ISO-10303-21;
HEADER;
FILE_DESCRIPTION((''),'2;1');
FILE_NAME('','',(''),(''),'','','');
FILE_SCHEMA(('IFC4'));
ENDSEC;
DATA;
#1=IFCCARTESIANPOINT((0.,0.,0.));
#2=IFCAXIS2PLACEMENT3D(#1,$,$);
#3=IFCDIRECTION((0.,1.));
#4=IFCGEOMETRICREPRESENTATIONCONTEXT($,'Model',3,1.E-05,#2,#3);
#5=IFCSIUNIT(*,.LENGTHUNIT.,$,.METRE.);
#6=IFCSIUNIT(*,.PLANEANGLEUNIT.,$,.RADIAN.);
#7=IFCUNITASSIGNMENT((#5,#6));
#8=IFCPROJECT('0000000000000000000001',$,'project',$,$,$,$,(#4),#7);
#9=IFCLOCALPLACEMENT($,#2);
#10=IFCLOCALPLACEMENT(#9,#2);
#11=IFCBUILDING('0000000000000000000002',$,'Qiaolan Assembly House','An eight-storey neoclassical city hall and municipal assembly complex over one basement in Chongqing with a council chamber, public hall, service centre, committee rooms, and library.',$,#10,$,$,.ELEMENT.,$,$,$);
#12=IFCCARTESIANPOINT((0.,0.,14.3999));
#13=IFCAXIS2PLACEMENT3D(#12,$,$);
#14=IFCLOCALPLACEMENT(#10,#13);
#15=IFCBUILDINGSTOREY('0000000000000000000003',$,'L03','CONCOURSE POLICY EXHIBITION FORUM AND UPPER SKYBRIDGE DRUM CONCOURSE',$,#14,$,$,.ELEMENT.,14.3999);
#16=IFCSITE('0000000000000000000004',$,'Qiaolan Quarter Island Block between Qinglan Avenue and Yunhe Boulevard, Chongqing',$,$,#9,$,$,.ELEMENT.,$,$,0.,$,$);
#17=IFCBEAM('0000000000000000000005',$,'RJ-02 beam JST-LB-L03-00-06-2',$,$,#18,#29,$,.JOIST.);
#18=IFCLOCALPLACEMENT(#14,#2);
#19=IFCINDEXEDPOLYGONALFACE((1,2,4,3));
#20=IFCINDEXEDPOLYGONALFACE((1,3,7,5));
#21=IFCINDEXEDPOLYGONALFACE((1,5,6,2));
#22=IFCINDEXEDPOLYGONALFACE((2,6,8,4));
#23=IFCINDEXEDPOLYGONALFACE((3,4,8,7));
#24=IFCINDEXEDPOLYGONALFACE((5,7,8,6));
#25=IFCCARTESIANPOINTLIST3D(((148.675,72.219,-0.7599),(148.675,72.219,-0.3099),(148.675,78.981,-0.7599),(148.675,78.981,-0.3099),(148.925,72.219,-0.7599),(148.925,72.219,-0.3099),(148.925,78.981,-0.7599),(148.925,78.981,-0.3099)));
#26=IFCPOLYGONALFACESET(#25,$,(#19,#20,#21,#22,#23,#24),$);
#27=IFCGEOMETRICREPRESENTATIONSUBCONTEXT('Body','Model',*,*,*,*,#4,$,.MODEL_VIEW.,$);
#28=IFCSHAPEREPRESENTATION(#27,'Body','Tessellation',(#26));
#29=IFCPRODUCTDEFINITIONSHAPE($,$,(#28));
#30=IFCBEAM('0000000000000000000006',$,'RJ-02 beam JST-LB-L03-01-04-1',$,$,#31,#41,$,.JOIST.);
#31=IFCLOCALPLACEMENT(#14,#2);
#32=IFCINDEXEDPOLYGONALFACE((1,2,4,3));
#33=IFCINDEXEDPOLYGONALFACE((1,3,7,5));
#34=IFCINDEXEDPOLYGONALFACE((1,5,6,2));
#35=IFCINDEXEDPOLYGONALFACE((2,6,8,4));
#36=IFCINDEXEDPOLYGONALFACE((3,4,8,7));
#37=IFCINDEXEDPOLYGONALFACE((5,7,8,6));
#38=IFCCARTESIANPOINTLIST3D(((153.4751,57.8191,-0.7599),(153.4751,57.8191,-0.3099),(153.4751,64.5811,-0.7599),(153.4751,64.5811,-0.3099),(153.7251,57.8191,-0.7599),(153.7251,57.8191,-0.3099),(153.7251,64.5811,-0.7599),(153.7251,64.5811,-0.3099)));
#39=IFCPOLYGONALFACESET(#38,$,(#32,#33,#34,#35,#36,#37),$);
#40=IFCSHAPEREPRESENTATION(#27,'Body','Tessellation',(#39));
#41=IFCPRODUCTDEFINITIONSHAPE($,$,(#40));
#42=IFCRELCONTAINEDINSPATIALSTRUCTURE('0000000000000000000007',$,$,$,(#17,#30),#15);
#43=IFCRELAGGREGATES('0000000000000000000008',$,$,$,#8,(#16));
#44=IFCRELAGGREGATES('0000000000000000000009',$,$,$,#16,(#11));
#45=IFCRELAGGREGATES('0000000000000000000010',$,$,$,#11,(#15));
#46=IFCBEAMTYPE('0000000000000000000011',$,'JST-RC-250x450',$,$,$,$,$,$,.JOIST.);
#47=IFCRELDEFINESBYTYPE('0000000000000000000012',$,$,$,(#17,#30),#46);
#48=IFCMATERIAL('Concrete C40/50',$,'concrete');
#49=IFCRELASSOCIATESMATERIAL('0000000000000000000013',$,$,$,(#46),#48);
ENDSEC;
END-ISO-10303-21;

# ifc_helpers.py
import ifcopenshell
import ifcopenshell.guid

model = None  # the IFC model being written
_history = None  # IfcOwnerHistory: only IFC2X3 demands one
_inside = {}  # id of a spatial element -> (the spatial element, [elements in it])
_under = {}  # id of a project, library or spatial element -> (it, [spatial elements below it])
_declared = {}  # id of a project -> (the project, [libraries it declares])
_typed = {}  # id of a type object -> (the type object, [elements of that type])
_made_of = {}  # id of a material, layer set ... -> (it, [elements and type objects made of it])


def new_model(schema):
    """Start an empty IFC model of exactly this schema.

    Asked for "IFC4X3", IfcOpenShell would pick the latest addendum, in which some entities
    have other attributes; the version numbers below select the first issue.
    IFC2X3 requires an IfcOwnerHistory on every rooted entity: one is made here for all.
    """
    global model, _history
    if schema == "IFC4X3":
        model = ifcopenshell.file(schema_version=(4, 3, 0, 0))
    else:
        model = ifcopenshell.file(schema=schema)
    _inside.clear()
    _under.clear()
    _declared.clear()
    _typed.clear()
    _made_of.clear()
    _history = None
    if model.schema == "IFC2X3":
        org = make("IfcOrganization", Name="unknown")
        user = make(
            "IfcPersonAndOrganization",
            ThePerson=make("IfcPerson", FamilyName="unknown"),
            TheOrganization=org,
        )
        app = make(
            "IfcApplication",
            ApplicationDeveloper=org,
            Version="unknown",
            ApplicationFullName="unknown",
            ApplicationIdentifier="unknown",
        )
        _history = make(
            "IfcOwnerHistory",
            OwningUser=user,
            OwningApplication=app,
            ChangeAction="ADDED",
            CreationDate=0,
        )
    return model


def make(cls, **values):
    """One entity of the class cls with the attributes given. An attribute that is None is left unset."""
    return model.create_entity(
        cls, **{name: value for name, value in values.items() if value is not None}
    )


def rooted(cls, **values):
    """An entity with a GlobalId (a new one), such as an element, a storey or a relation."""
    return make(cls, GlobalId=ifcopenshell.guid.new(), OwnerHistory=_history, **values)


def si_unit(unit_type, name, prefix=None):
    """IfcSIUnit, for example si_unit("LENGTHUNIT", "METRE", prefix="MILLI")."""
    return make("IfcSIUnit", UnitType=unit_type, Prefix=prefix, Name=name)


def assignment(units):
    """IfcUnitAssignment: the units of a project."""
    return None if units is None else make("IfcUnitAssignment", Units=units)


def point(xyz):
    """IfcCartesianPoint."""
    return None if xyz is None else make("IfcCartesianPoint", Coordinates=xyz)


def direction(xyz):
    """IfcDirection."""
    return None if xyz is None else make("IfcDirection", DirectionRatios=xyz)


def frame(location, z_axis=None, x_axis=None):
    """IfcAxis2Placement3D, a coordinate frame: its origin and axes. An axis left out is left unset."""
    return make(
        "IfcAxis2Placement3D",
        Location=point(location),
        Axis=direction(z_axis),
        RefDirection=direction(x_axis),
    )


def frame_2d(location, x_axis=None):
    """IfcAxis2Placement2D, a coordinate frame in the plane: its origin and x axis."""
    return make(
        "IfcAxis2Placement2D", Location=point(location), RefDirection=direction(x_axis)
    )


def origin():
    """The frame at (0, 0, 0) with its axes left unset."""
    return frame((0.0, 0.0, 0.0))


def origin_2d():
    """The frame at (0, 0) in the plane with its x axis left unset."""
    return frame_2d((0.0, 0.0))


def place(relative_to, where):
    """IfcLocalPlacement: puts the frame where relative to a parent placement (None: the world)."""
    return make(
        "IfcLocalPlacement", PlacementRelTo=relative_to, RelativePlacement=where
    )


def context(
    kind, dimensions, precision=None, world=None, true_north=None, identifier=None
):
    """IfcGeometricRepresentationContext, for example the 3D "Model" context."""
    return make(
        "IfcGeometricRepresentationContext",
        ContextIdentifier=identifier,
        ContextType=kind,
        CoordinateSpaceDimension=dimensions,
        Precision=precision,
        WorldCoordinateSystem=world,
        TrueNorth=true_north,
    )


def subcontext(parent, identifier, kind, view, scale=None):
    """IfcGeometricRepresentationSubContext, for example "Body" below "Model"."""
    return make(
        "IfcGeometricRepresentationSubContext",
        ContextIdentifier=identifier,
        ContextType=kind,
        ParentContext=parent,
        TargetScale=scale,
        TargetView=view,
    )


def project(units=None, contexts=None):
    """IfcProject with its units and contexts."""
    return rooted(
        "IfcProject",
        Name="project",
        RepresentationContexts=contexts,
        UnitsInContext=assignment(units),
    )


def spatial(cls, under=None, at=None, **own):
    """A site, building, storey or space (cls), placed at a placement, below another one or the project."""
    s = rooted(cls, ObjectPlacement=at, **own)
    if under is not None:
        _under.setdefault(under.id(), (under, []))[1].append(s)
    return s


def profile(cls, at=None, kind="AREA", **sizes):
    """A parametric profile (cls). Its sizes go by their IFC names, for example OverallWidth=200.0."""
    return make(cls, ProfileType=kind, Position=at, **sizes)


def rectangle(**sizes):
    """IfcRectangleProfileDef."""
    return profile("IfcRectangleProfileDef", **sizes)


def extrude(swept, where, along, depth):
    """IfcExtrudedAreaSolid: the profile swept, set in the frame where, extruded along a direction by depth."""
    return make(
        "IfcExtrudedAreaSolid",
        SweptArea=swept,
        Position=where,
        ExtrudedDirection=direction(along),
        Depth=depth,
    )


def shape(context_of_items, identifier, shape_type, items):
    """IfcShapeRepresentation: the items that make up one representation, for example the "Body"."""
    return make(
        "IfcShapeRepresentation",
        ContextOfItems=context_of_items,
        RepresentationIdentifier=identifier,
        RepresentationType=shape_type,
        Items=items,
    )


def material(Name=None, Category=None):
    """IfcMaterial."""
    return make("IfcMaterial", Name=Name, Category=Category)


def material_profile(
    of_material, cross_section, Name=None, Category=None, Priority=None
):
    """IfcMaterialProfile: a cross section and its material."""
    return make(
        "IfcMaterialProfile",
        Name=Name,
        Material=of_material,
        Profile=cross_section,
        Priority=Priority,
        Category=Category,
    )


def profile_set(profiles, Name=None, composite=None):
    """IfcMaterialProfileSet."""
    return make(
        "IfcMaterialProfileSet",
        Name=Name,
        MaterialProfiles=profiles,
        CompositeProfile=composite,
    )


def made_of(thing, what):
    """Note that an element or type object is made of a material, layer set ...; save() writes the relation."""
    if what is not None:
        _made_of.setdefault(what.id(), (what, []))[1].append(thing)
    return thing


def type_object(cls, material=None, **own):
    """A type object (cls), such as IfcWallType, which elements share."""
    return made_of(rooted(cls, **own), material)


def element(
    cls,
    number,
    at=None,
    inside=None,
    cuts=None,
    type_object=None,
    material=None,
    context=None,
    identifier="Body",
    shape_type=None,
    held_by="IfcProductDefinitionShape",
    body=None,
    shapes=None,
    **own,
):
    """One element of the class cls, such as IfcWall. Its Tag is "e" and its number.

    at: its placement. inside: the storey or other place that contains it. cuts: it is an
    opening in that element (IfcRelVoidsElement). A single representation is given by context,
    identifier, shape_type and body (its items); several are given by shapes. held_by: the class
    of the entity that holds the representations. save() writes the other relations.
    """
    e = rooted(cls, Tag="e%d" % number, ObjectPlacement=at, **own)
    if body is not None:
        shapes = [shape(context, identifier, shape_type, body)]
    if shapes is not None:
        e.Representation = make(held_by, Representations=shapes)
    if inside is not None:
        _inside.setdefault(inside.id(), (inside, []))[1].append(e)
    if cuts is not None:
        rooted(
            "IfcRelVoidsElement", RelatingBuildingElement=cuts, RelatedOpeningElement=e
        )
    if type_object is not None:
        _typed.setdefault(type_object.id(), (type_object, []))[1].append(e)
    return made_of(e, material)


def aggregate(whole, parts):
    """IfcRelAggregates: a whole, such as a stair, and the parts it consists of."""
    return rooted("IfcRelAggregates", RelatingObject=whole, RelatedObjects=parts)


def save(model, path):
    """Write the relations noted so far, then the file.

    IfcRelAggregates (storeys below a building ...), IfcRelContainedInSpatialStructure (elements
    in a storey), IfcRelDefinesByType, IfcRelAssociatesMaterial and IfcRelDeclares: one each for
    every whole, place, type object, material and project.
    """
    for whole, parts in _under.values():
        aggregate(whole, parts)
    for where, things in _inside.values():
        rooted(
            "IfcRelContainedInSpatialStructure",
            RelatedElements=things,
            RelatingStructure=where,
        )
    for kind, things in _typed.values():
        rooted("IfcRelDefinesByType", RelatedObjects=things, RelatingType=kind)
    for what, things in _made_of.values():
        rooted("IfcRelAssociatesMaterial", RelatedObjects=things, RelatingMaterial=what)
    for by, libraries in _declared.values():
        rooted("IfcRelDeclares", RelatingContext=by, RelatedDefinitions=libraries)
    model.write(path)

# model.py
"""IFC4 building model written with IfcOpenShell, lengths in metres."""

from ifc_helpers import new_model, si_unit, direction, frame, origin, origin_2d, place, context, subcontext, project, spatial, rectangle, extrude, material, material_profile, profile_set, type_object, element, save


model = new_model("IFC4")

# Units and contexts
model_context = context("Model", 3, precision=1e-05, world=origin(), true_north=direction((0.0, 1.0)))
body_context = subcontext(model_context, "Body", "Model", "MODEL_VIEW")
ifc_project = project(units=[si_unit("LENGTHUNIT", "METRE"), si_unit("PLANEANGLEUNIT", "RADIAN")], contexts=[model_context])

# Site, building, storey
site_placement = place(None, origin())
site = spatial("IfcSite", under=ifc_project, at=site_placement, Name="Qiaolan Quarter Island Block between Qinglan Avenue and Yunhe Boulevard, Chongqing", CompositionType="ELEMENT", RefElevation=0.0)
building_placement = place(site_placement, origin())
building = spatial("IfcBuilding", under=site, at=building_placement, Name="Qiaolan Assembly House", Description="An eight-storey neoclassical city hall and municipal assembly complex over one basement in Chongqing with a council chamber, public hall, service centre, committee rooms, and library.", CompositionType="ELEMENT")
storey_placement = place(building_placement, frame((0.0, 0.0, 14.3999)))
storey = spatial("IfcBuildingStorey", under=building, at=storey_placement, Name="L03", Description="CONCOURSE POLICY EXHIBITION FORUM AND UPPER SKYBRIDGE DRUM CONCOURSE", CompositionType="ELEMENT", Elevation=14.3999)

# Shared definitions
ifc_material = material(Name="Concrete C40/50", Category="concrete")

# Beams
ifc_material_profile_1 = material_profile(ifc_material, rectangle(XDim=0.25, YDim=0.45, at=origin_2d()), Name="RCB 250x450")
ifc_profile_set_1 = profile_set([ifc_material_profile_1], Name="Concrete C40/50")
beam_type_1 = type_object("IfcBeamType", Name="JST-RC-250x450", PredefinedType="JOIST", material=ifc_profile_set_1)
for number, where, z_axis, x_axis, name in (
    (1, (148.8, 72.219, -0.5349), (0.0, 1.0, 0.0), (-1.0, 0.0, 0.0), "RJ-02 beam JST-LB-L03-00-06-2"),
    (2, (153.6001, 57.8191, -0.5349), (0.0, 1.0, 0.0), (-1.0, 0.0, 0.0), "RJ-02 beam JST-LB-L03-01-04-1"),
):
    element("IfcBeam", number, at=place(storey_placement, frame(where, z_axis=z_axis, x_axis=x_axis)), inside=storey, type_object=beam_type_1, Name=name, PredefinedType="JOIST", context=body_context, shape_type="SweptSolid", body=[
        extrude(rectangle(XDim=0.25, YDim=0.45, at=origin_2d()), origin(), (0.0, 0.0, 1.0), 6.762),
    ])

save(model, "model.ifc")
